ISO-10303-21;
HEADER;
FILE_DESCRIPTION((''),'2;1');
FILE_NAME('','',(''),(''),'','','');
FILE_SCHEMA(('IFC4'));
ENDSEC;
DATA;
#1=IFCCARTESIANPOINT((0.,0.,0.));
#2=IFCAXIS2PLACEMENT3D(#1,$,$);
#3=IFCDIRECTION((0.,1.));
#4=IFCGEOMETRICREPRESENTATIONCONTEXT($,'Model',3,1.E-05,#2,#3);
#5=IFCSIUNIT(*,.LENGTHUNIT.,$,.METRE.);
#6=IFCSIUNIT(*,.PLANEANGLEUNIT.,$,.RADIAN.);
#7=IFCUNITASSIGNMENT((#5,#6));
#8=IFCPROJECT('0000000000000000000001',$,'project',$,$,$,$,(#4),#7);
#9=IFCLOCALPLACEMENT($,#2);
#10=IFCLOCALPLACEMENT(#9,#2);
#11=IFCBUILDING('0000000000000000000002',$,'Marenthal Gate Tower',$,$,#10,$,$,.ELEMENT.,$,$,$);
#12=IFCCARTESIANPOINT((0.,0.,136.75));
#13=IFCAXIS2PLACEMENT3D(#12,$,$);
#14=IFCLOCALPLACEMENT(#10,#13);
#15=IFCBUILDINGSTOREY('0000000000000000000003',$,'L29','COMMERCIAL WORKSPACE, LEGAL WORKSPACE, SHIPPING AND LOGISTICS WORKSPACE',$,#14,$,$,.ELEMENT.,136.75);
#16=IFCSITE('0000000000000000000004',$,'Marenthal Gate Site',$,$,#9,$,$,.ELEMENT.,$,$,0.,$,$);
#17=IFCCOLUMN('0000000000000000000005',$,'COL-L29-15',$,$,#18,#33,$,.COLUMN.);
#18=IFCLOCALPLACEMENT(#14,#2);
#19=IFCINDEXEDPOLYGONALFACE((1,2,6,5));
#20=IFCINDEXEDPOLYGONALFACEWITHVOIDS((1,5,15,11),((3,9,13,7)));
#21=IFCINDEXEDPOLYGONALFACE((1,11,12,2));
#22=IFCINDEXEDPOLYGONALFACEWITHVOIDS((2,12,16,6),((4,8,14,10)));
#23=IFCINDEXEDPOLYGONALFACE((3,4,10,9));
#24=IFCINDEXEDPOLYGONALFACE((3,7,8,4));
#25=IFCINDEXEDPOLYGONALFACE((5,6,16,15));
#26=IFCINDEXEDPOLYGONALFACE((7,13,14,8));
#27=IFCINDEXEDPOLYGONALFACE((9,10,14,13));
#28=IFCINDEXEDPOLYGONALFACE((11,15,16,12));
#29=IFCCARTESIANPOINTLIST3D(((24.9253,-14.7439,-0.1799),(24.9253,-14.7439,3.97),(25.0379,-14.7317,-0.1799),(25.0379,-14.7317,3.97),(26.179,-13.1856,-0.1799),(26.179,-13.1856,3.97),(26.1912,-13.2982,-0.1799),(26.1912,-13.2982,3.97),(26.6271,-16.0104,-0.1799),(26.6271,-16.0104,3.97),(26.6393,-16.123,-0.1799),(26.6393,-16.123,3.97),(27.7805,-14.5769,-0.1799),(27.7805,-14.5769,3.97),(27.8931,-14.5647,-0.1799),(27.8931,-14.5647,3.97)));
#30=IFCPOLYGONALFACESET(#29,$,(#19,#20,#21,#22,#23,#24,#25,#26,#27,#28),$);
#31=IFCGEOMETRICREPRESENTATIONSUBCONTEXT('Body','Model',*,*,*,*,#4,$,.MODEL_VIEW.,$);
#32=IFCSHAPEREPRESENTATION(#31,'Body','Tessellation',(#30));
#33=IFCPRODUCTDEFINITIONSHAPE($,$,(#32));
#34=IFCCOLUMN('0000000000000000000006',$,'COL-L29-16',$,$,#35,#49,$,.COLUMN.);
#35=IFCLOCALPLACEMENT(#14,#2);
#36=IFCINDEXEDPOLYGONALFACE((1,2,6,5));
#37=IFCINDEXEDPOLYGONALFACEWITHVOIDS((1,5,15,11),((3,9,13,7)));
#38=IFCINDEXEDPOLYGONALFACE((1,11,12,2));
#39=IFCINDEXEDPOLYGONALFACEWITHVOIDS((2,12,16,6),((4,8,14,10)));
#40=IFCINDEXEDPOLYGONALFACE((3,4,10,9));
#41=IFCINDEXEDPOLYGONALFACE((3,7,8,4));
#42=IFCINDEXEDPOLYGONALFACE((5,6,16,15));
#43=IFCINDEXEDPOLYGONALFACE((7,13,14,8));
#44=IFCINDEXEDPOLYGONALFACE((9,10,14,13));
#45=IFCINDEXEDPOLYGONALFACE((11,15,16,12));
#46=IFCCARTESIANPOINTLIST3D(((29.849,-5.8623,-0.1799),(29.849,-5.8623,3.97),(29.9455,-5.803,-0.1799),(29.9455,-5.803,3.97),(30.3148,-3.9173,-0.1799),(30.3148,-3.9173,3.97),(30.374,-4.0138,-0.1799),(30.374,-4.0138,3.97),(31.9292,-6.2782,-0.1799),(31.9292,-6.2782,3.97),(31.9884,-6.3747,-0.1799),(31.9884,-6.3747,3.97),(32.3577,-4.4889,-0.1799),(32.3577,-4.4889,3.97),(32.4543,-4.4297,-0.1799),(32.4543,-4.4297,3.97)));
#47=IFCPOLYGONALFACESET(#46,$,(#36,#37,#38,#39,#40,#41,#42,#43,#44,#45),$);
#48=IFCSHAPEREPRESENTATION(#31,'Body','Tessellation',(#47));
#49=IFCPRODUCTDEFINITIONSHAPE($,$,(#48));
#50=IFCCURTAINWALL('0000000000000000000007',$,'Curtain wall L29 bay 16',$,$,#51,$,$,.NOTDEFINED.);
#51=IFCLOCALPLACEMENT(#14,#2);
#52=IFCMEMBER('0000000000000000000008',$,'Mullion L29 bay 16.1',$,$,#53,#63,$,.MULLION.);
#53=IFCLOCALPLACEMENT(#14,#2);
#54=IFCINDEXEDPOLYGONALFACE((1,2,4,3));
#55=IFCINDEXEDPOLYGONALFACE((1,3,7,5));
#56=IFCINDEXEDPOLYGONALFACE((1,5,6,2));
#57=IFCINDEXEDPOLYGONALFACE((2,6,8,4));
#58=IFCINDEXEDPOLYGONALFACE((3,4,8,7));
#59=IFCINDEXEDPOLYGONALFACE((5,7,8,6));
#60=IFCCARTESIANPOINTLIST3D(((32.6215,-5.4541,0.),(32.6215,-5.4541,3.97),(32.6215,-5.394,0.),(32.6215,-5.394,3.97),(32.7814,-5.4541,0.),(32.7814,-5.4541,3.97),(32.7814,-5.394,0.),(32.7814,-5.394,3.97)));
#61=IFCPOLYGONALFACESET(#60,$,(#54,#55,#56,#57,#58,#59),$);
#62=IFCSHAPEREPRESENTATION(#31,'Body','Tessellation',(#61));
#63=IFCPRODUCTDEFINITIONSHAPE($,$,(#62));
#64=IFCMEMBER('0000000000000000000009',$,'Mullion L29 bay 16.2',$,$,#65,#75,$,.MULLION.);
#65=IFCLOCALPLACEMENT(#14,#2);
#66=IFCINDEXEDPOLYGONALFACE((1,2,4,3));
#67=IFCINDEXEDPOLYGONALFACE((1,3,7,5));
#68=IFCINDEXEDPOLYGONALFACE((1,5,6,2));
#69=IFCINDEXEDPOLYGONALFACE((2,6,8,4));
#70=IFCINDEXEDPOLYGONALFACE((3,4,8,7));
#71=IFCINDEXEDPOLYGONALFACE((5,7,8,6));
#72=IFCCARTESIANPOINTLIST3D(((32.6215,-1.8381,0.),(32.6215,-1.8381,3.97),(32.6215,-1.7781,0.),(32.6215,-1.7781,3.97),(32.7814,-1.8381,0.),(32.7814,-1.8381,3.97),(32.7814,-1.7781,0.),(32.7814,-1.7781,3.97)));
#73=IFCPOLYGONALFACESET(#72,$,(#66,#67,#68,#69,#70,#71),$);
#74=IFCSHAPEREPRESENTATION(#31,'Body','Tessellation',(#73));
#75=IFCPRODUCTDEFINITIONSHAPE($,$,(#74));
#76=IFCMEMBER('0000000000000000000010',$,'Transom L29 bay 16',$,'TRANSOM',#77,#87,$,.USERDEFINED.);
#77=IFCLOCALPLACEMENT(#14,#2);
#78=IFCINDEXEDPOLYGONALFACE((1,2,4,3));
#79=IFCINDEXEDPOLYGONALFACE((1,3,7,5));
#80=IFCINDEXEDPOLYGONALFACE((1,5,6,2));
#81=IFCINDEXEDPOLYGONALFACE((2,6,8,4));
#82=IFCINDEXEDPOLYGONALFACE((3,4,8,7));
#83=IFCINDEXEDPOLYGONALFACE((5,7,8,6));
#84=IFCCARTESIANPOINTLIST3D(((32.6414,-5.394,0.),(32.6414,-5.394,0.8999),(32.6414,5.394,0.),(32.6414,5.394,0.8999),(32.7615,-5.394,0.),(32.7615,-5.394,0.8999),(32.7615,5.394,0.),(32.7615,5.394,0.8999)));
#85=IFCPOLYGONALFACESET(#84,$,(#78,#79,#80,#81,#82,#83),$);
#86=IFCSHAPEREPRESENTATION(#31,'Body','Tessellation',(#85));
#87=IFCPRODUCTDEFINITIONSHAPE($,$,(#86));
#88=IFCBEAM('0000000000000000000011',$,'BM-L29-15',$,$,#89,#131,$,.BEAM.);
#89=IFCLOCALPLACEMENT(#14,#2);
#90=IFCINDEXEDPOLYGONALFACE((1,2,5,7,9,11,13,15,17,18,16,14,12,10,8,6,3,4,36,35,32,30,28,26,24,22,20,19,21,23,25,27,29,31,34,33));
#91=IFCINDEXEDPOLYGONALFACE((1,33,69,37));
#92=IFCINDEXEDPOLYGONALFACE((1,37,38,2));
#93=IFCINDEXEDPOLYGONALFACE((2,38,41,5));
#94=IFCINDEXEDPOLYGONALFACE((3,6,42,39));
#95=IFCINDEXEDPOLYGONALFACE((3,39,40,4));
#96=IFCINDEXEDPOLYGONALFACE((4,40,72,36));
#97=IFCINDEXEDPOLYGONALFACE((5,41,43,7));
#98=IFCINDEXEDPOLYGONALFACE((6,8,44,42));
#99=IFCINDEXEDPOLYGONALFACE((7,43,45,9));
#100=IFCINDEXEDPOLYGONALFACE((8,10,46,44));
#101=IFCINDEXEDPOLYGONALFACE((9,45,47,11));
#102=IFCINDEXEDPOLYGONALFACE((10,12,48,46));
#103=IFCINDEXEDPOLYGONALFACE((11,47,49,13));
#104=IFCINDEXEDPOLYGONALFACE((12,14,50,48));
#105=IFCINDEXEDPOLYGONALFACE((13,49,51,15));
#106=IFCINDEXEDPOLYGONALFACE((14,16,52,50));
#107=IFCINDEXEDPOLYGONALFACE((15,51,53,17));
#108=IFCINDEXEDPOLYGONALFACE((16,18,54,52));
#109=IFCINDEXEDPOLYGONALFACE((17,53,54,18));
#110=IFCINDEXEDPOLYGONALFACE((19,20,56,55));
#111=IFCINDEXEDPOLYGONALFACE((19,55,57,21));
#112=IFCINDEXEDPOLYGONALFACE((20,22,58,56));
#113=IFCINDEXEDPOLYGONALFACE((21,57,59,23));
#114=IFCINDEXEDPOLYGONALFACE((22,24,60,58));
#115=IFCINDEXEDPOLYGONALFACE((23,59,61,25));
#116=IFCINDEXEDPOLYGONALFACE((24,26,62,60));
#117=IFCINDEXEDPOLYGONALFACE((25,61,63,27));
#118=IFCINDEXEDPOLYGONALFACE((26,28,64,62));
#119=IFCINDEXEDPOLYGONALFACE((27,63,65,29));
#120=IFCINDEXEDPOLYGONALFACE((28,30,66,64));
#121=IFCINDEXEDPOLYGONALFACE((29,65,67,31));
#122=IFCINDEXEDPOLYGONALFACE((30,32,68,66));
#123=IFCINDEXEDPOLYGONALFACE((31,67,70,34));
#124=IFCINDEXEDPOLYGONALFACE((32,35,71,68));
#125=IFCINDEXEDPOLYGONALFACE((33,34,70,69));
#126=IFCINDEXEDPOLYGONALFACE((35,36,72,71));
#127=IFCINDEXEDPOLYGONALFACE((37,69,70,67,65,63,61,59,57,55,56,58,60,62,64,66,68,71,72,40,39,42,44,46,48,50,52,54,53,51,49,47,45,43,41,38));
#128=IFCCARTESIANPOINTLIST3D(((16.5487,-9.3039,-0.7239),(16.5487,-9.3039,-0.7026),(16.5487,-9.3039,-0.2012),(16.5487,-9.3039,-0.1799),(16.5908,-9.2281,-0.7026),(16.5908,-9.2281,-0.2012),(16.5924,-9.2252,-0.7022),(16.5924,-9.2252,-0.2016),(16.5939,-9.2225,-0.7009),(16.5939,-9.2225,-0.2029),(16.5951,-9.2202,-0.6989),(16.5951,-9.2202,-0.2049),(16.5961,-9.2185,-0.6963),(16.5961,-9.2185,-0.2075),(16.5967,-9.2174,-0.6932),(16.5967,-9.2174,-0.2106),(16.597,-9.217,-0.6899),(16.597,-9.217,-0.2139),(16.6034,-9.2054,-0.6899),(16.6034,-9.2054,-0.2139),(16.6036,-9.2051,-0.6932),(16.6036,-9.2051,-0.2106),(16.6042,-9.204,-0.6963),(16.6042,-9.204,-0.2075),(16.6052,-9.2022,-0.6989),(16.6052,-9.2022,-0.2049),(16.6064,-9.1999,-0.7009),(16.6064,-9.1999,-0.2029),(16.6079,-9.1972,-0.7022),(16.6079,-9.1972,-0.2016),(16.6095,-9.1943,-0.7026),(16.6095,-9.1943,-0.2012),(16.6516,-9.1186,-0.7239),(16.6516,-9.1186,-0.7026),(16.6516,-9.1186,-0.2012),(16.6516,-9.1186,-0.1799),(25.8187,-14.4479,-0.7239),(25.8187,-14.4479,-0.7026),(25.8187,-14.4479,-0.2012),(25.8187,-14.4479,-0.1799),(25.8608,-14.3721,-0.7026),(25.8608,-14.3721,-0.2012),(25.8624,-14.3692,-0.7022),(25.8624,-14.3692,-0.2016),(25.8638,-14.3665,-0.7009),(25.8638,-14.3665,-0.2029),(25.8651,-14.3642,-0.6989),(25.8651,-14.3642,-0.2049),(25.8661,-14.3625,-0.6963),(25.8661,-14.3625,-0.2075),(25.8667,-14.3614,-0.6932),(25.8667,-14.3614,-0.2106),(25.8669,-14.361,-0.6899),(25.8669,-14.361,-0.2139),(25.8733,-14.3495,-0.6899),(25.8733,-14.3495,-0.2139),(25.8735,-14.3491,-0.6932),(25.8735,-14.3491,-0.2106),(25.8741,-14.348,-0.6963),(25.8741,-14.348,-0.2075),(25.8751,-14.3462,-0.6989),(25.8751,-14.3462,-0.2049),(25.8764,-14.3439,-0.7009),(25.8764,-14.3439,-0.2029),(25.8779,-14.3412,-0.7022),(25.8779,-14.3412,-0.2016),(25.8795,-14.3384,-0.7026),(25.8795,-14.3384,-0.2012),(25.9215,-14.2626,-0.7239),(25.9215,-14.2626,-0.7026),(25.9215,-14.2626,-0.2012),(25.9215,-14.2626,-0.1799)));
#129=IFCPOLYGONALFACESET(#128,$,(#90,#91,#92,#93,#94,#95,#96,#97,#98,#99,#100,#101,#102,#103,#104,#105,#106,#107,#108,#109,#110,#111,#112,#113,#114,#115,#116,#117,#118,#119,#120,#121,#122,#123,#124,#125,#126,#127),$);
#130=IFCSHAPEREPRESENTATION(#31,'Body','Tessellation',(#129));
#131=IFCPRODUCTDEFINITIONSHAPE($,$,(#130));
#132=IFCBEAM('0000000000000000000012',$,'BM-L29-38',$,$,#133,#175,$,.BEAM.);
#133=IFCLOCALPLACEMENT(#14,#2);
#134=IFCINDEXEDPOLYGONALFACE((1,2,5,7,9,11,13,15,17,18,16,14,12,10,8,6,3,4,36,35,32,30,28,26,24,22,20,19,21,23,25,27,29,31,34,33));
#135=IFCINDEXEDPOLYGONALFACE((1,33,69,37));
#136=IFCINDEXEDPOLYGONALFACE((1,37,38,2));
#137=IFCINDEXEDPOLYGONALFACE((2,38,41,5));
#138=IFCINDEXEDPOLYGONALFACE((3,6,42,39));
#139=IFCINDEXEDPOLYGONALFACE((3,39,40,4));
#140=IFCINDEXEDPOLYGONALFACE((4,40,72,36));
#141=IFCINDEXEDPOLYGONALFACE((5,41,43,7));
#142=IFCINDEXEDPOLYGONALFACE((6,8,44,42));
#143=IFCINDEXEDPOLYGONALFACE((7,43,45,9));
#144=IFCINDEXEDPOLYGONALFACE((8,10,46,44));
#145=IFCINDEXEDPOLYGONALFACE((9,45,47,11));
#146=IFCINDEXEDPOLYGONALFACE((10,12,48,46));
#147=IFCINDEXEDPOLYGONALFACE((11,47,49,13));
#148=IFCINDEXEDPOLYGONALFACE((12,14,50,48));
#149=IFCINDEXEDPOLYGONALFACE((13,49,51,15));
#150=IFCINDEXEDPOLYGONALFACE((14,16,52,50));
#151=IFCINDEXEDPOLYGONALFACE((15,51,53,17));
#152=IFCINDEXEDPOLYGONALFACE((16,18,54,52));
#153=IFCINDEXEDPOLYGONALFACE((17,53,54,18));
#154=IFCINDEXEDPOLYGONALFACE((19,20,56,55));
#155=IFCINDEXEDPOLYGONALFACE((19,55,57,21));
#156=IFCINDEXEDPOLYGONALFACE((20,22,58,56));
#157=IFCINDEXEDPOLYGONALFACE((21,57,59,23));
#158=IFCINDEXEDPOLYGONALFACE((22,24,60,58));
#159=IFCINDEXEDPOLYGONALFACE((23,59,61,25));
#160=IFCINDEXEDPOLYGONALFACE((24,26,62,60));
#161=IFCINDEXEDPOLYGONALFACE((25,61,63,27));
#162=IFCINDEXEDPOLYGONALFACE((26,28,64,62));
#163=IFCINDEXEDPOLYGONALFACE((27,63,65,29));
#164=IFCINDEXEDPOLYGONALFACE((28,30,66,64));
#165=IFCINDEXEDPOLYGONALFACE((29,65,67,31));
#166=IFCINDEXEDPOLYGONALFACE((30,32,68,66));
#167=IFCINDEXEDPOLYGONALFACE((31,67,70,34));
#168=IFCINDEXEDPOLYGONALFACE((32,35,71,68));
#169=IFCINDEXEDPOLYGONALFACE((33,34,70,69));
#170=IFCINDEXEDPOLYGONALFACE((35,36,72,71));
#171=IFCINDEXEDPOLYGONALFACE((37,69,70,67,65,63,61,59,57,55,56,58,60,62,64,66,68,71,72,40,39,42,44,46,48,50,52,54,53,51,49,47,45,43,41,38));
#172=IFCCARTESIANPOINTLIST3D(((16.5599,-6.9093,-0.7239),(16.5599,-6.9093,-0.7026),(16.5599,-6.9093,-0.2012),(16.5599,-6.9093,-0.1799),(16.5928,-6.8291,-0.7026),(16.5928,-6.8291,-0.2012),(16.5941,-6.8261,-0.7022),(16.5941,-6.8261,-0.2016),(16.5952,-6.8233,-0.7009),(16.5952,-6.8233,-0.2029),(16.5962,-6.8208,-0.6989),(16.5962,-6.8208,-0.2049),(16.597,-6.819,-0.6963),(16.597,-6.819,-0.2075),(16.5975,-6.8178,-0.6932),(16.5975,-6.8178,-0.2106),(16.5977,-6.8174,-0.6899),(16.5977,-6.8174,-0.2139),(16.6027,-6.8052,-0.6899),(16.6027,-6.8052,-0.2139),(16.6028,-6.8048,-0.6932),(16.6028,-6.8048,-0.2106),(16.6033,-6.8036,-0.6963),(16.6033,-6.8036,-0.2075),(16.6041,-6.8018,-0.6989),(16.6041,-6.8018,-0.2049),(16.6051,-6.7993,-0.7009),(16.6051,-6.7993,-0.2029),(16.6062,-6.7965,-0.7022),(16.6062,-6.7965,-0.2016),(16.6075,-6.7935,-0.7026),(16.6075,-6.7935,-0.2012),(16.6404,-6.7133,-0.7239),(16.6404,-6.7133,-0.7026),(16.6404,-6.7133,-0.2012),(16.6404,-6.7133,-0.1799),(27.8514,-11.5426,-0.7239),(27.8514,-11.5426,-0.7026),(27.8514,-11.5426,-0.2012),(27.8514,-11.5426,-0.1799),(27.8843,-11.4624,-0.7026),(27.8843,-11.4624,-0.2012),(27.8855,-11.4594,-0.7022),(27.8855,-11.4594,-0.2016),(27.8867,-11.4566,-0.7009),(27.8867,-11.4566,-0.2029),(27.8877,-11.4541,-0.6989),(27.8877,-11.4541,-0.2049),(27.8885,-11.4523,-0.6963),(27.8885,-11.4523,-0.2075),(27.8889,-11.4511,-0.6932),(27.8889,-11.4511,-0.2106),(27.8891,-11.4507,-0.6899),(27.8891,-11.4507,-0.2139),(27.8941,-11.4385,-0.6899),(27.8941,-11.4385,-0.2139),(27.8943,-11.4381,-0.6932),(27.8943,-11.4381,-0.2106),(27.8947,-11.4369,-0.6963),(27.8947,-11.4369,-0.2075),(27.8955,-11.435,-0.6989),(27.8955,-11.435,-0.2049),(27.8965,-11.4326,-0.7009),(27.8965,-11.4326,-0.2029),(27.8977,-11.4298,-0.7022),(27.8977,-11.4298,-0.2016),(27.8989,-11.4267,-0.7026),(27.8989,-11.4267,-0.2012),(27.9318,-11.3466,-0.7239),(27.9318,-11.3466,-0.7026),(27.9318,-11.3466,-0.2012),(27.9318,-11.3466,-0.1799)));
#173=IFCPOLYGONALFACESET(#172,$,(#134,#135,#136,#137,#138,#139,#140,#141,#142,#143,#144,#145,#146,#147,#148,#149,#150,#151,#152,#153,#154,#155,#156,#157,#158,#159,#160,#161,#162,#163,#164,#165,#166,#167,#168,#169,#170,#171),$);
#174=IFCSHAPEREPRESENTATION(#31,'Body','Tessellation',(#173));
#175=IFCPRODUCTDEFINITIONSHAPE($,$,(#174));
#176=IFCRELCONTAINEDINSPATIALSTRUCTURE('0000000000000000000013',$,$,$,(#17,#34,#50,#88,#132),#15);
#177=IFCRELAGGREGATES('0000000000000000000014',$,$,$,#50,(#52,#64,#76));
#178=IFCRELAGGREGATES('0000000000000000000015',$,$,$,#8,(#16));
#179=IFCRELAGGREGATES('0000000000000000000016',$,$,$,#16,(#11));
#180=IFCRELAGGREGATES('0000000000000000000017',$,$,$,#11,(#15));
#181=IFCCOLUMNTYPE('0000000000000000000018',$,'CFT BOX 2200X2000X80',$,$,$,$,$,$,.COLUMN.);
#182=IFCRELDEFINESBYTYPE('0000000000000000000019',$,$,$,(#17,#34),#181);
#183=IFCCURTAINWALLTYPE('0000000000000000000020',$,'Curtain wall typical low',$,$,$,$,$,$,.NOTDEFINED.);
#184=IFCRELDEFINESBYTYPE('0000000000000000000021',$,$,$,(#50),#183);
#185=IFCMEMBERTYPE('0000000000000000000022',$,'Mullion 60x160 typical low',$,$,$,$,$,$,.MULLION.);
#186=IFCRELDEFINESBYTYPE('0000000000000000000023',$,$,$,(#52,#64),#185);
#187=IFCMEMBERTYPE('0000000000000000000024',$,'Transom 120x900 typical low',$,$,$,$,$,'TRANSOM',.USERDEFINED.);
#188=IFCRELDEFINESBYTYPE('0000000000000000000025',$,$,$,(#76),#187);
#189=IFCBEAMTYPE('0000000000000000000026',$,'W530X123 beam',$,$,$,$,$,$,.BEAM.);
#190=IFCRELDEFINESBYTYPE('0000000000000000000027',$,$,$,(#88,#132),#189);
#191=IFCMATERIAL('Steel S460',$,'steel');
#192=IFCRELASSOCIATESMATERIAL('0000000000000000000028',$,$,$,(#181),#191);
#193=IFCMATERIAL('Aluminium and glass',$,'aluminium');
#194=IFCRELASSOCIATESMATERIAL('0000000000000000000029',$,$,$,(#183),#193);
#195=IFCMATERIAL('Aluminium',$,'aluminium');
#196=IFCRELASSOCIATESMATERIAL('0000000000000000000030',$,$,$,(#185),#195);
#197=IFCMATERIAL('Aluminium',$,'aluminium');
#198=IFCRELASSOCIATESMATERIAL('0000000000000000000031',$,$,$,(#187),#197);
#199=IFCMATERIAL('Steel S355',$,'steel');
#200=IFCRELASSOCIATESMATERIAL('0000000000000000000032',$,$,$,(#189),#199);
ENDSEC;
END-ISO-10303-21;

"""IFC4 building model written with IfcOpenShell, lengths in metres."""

from ifc_helpers import new_model, si_unit, direction, frame, origin, origin_2d, place, context, subcontext, project, spatial, rectangle, hollow_rectangle, i_section, extrude, material, material_profile, profile_set, type_object, element, aggregate, save


model = new_model("IFC4")

# Units and contexts
model_context = context("Model", 3, precision=1e-05, world=origin(), true_north=direction((0.0, 1.0)))
body_context = subcontext(model_context, "Body", "Model", "MODEL_VIEW")
ifc_project = project(units=[si_unit("LENGTHUNIT", "METRE"), si_unit("PLANEANGLEUNIT", "RADIAN")], contexts=[model_context])

# Site, building, storey
site_placement = place(None, origin())
site = spatial("IfcSite", under=ifc_project, at=site_placement, Name="Marenthal Gate Site", CompositionType="ELEMENT", RefElevation=0.0)
building_placement = place(site_placement, origin())
building = spatial("IfcBuilding", under=site, at=building_placement, Name="Marenthal Gate Tower", CompositionType="ELEMENT")
storey_placement = place(building_placement, frame((0.0, 0.0, 136.75)))
storey = spatial("IfcBuildingStorey", under=building, at=storey_placement, Name="L29", Description="COMMERCIAL WORKSPACE, LEGAL WORKSPACE, SHIPPING AND LOGISTICS WORKSPACE", CompositionType="ELEMENT", Elevation=136.75)

# Columns
ifc_material_1 = material(Name="Steel S460", Category="steel")
ifc_material_profile_1 = material_profile(ifc_material_1, hollow_rectangle(XDim=2.0, YDim=2.2, WallThickness=0.0801, at=origin_2d()), Name="CFT BOX 2200X2000X80")
ifc_material_2 = material(Name="Concrete 70 MPa", Category="concrete")
ifc_material_profile_2 = material_profile(ifc_material_2, rectangle(XDim=1.8401, YDim=2.04, at=origin_2d()), Name="CFT BOX 2200X2000X80 INFILL")
ifc_profile_set_1 = profile_set([ifc_material_profile_1, ifc_material_profile_2], Name="Steel S460 shell, Concrete 70 MPa infill")
column_type = type_object("IfcColumnType", Name="CFT BOX 2200X2000X80", PredefinedType="COLUMN", material=ifc_profile_set_1)
for number, where, z_axis, x_axis, name in (
    (1, (26.4092, -14.6543, -0.1799), (0.0, 0.0, 1.0), (-0.626873, -0.779121, 0.0), "COL-L29-15"),
    (2, (31.1516, -5.146, -0.1799), (0.0, 0.0, 1.0), (-0.232933, -0.972493, 0.0), "COL-L29-16"),
):
    element("IfcColumn", number, at=place(storey_placement, frame(where, z_axis=z_axis, x_axis=x_axis)), inside=storey, type_object=column_type, Name=name, PredefinedType="COLUMN", context=body_context, shape_type="SweptSolid", body=[
        extrude(hollow_rectangle(XDim=2.0, YDim=2.2, WallThickness=0.0801, at=origin_2d()), origin(), (0.0, 0.0, 1.0), 4.1499),
    ])

# Curtain wall, members
ifc_material_3 = material(Name="Aluminium and glass", Category="aluminium")
curtain_wall_type = type_object("IfcCurtainWallType", Name="Curtain wall typical low", PredefinedType="NOTDEFINED", material=ifc_material_3)
curtain_wall_placement = place(storey_placement, origin())
curtain_wall = element("IfcCurtainWall", 3, at=curtain_wall_placement, inside=storey, type_object=curtain_wall_type, Name="Curtain wall L29 bay 16", PredefinedType="NOTDEFINED")
ifc_material_4 = material(Name="Aluminium", Category="aluminium")
ifc_material_profile_3 = material_profile(ifc_material_4, rectangle(XDim=0.1599, YDim=0.0601, at=origin_2d()), Name="60x160 aluminium mullion")
ifc_profile_set_2 = profile_set([ifc_material_profile_3], Name="Aluminium")
member_type_1 = type_object("IfcMemberType", Name="Mullion 60x160 typical low", PredefinedType="MULLION", material=ifc_profile_set_2)
member_1_placement = place(storey_placement, frame((32.7014, -5.4241, 0.0), z_axis=(0.0, 0.0, 1.0), x_axis=(-1.0, 0.0, 0.0)))
member_1 = element("IfcMember", 4, at=member_1_placement, type_object=member_type_1, Name="Mullion L29 bay 16.1", PredefinedType="MULLION", context=body_context, shape_type="SweptSolid", body=[
    extrude(rectangle(XDim=0.1599, YDim=0.0601, at=origin_2d()), origin(), (0.0, 0.0, 1.0), 3.97),
])
member_2_placement = place(storey_placement, frame((32.7014, -1.8081, 0.0), z_axis=(0.0, 0.0, 1.0), x_axis=(-1.0, 0.0, 0.0)))
member_2 = element("IfcMember", 5, at=member_2_placement, type_object=member_type_1, Name="Mullion L29 bay 16.2", PredefinedType="MULLION", context=body_context, shape_type="SweptSolid", body=[
    extrude(rectangle(XDim=0.1599, YDim=0.0601, at=origin_2d()), origin(), (0.0, 0.0, 1.0), 3.97),
])
ifc_material_5 = material(Name="Aluminium", Category="aluminium")
ifc_material_profile_4 = material_profile(ifc_material_5, rectangle(XDim=0.1201, YDim=0.8999, at=origin_2d()), Name="120x900 aluminium transom")
ifc_profile_set_3 = profile_set([ifc_material_profile_4], Name="Aluminium")
member_type_2 = type_object("IfcMemberType", Name="Transom 120x900 typical low", ElementType="TRANSOM", PredefinedType="USERDEFINED", material=ifc_profile_set_3)
member_3_placement = place(storey_placement, frame((32.7014, -5.394, 0.45), z_axis=(0.0, 1.0, 0.0), x_axis=(-1.0, 0.0, 0.0)))
member_3 = element("IfcMember", 6, at=member_3_placement, type_object=member_type_2, Name="Transom L29 bay 16", ObjectType="TRANSOM", PredefinedType="USERDEFINED", context=body_context, shape_type="SweptSolid", body=[
    extrude(rectangle(XDim=0.1201, YDim=0.8999, at=origin_2d()), origin(), (0.0, 0.0, 1.0), 10.7881),
])

# Beams
ifc_material_6 = material(Name="Steel S355", Category="steel")
ifc_material_profile_5 = material_profile(ifc_material_6, i_section(OverallWidth=0.2119, OverallDepth=0.5439, WebThickness=0.0132, FlangeThickness=0.0212, FilletRadius=0.0127, at=origin_2d()), Name="W530X123")
ifc_profile_set_4 = profile_set([ifc_material_profile_5], Name="Steel S355")
beam_type_1 = type_object("IfcBeamType", Name="W530X123 beam", PredefinedType="BEAM", material=ifc_profile_set_4)
beam_1_placement = place(storey_placement, frame((25.8701, -14.3552, -0.4519), z_axis=(-0.874396, 0.485213, 0.0), x_axis=(-0.485213, -0.874396, 0.0)))
element("IfcBeam", 7, at=beam_1_placement, inside=storey, type_object=beam_type_1, Name="BM-L29-15", PredefinedType="BEAM", context=body_context, shape_type="SweptSolid", body=[
    extrude(i_section(OverallWidth=0.2119, OverallDepth=0.5439, WebThickness=0.0132, FlangeThickness=0.0212, FilletRadius=0.0127, at=origin_2d()), origin(), (0.0, 0.0, 1.0), 10.6016),
])
beam_2_placement = place(storey_placement, frame((27.8916, -11.4446, -0.4519), z_axis=(-0.925143, 0.379619, 0.0), x_axis=(-0.379619, -0.925143, 0.0)))
element("IfcBeam", 8, at=beam_2_placement, inside=storey, type_object=beam_type_1, Name="BM-L29-38", PredefinedType="BEAM", context=body_context, shape_type="SweptSolid", body=[
    extrude(i_section(OverallWidth=0.2119, OverallDepth=0.5439, WebThickness=0.0132, FlangeThickness=0.0212, FilletRadius=0.0127, at=origin_2d()), origin(), (0.0, 0.0, 1.0), 12.2051),
])

aggregate(curtain_wall, [member_1, member_2, member_3])

save(model, "model.ifc")
